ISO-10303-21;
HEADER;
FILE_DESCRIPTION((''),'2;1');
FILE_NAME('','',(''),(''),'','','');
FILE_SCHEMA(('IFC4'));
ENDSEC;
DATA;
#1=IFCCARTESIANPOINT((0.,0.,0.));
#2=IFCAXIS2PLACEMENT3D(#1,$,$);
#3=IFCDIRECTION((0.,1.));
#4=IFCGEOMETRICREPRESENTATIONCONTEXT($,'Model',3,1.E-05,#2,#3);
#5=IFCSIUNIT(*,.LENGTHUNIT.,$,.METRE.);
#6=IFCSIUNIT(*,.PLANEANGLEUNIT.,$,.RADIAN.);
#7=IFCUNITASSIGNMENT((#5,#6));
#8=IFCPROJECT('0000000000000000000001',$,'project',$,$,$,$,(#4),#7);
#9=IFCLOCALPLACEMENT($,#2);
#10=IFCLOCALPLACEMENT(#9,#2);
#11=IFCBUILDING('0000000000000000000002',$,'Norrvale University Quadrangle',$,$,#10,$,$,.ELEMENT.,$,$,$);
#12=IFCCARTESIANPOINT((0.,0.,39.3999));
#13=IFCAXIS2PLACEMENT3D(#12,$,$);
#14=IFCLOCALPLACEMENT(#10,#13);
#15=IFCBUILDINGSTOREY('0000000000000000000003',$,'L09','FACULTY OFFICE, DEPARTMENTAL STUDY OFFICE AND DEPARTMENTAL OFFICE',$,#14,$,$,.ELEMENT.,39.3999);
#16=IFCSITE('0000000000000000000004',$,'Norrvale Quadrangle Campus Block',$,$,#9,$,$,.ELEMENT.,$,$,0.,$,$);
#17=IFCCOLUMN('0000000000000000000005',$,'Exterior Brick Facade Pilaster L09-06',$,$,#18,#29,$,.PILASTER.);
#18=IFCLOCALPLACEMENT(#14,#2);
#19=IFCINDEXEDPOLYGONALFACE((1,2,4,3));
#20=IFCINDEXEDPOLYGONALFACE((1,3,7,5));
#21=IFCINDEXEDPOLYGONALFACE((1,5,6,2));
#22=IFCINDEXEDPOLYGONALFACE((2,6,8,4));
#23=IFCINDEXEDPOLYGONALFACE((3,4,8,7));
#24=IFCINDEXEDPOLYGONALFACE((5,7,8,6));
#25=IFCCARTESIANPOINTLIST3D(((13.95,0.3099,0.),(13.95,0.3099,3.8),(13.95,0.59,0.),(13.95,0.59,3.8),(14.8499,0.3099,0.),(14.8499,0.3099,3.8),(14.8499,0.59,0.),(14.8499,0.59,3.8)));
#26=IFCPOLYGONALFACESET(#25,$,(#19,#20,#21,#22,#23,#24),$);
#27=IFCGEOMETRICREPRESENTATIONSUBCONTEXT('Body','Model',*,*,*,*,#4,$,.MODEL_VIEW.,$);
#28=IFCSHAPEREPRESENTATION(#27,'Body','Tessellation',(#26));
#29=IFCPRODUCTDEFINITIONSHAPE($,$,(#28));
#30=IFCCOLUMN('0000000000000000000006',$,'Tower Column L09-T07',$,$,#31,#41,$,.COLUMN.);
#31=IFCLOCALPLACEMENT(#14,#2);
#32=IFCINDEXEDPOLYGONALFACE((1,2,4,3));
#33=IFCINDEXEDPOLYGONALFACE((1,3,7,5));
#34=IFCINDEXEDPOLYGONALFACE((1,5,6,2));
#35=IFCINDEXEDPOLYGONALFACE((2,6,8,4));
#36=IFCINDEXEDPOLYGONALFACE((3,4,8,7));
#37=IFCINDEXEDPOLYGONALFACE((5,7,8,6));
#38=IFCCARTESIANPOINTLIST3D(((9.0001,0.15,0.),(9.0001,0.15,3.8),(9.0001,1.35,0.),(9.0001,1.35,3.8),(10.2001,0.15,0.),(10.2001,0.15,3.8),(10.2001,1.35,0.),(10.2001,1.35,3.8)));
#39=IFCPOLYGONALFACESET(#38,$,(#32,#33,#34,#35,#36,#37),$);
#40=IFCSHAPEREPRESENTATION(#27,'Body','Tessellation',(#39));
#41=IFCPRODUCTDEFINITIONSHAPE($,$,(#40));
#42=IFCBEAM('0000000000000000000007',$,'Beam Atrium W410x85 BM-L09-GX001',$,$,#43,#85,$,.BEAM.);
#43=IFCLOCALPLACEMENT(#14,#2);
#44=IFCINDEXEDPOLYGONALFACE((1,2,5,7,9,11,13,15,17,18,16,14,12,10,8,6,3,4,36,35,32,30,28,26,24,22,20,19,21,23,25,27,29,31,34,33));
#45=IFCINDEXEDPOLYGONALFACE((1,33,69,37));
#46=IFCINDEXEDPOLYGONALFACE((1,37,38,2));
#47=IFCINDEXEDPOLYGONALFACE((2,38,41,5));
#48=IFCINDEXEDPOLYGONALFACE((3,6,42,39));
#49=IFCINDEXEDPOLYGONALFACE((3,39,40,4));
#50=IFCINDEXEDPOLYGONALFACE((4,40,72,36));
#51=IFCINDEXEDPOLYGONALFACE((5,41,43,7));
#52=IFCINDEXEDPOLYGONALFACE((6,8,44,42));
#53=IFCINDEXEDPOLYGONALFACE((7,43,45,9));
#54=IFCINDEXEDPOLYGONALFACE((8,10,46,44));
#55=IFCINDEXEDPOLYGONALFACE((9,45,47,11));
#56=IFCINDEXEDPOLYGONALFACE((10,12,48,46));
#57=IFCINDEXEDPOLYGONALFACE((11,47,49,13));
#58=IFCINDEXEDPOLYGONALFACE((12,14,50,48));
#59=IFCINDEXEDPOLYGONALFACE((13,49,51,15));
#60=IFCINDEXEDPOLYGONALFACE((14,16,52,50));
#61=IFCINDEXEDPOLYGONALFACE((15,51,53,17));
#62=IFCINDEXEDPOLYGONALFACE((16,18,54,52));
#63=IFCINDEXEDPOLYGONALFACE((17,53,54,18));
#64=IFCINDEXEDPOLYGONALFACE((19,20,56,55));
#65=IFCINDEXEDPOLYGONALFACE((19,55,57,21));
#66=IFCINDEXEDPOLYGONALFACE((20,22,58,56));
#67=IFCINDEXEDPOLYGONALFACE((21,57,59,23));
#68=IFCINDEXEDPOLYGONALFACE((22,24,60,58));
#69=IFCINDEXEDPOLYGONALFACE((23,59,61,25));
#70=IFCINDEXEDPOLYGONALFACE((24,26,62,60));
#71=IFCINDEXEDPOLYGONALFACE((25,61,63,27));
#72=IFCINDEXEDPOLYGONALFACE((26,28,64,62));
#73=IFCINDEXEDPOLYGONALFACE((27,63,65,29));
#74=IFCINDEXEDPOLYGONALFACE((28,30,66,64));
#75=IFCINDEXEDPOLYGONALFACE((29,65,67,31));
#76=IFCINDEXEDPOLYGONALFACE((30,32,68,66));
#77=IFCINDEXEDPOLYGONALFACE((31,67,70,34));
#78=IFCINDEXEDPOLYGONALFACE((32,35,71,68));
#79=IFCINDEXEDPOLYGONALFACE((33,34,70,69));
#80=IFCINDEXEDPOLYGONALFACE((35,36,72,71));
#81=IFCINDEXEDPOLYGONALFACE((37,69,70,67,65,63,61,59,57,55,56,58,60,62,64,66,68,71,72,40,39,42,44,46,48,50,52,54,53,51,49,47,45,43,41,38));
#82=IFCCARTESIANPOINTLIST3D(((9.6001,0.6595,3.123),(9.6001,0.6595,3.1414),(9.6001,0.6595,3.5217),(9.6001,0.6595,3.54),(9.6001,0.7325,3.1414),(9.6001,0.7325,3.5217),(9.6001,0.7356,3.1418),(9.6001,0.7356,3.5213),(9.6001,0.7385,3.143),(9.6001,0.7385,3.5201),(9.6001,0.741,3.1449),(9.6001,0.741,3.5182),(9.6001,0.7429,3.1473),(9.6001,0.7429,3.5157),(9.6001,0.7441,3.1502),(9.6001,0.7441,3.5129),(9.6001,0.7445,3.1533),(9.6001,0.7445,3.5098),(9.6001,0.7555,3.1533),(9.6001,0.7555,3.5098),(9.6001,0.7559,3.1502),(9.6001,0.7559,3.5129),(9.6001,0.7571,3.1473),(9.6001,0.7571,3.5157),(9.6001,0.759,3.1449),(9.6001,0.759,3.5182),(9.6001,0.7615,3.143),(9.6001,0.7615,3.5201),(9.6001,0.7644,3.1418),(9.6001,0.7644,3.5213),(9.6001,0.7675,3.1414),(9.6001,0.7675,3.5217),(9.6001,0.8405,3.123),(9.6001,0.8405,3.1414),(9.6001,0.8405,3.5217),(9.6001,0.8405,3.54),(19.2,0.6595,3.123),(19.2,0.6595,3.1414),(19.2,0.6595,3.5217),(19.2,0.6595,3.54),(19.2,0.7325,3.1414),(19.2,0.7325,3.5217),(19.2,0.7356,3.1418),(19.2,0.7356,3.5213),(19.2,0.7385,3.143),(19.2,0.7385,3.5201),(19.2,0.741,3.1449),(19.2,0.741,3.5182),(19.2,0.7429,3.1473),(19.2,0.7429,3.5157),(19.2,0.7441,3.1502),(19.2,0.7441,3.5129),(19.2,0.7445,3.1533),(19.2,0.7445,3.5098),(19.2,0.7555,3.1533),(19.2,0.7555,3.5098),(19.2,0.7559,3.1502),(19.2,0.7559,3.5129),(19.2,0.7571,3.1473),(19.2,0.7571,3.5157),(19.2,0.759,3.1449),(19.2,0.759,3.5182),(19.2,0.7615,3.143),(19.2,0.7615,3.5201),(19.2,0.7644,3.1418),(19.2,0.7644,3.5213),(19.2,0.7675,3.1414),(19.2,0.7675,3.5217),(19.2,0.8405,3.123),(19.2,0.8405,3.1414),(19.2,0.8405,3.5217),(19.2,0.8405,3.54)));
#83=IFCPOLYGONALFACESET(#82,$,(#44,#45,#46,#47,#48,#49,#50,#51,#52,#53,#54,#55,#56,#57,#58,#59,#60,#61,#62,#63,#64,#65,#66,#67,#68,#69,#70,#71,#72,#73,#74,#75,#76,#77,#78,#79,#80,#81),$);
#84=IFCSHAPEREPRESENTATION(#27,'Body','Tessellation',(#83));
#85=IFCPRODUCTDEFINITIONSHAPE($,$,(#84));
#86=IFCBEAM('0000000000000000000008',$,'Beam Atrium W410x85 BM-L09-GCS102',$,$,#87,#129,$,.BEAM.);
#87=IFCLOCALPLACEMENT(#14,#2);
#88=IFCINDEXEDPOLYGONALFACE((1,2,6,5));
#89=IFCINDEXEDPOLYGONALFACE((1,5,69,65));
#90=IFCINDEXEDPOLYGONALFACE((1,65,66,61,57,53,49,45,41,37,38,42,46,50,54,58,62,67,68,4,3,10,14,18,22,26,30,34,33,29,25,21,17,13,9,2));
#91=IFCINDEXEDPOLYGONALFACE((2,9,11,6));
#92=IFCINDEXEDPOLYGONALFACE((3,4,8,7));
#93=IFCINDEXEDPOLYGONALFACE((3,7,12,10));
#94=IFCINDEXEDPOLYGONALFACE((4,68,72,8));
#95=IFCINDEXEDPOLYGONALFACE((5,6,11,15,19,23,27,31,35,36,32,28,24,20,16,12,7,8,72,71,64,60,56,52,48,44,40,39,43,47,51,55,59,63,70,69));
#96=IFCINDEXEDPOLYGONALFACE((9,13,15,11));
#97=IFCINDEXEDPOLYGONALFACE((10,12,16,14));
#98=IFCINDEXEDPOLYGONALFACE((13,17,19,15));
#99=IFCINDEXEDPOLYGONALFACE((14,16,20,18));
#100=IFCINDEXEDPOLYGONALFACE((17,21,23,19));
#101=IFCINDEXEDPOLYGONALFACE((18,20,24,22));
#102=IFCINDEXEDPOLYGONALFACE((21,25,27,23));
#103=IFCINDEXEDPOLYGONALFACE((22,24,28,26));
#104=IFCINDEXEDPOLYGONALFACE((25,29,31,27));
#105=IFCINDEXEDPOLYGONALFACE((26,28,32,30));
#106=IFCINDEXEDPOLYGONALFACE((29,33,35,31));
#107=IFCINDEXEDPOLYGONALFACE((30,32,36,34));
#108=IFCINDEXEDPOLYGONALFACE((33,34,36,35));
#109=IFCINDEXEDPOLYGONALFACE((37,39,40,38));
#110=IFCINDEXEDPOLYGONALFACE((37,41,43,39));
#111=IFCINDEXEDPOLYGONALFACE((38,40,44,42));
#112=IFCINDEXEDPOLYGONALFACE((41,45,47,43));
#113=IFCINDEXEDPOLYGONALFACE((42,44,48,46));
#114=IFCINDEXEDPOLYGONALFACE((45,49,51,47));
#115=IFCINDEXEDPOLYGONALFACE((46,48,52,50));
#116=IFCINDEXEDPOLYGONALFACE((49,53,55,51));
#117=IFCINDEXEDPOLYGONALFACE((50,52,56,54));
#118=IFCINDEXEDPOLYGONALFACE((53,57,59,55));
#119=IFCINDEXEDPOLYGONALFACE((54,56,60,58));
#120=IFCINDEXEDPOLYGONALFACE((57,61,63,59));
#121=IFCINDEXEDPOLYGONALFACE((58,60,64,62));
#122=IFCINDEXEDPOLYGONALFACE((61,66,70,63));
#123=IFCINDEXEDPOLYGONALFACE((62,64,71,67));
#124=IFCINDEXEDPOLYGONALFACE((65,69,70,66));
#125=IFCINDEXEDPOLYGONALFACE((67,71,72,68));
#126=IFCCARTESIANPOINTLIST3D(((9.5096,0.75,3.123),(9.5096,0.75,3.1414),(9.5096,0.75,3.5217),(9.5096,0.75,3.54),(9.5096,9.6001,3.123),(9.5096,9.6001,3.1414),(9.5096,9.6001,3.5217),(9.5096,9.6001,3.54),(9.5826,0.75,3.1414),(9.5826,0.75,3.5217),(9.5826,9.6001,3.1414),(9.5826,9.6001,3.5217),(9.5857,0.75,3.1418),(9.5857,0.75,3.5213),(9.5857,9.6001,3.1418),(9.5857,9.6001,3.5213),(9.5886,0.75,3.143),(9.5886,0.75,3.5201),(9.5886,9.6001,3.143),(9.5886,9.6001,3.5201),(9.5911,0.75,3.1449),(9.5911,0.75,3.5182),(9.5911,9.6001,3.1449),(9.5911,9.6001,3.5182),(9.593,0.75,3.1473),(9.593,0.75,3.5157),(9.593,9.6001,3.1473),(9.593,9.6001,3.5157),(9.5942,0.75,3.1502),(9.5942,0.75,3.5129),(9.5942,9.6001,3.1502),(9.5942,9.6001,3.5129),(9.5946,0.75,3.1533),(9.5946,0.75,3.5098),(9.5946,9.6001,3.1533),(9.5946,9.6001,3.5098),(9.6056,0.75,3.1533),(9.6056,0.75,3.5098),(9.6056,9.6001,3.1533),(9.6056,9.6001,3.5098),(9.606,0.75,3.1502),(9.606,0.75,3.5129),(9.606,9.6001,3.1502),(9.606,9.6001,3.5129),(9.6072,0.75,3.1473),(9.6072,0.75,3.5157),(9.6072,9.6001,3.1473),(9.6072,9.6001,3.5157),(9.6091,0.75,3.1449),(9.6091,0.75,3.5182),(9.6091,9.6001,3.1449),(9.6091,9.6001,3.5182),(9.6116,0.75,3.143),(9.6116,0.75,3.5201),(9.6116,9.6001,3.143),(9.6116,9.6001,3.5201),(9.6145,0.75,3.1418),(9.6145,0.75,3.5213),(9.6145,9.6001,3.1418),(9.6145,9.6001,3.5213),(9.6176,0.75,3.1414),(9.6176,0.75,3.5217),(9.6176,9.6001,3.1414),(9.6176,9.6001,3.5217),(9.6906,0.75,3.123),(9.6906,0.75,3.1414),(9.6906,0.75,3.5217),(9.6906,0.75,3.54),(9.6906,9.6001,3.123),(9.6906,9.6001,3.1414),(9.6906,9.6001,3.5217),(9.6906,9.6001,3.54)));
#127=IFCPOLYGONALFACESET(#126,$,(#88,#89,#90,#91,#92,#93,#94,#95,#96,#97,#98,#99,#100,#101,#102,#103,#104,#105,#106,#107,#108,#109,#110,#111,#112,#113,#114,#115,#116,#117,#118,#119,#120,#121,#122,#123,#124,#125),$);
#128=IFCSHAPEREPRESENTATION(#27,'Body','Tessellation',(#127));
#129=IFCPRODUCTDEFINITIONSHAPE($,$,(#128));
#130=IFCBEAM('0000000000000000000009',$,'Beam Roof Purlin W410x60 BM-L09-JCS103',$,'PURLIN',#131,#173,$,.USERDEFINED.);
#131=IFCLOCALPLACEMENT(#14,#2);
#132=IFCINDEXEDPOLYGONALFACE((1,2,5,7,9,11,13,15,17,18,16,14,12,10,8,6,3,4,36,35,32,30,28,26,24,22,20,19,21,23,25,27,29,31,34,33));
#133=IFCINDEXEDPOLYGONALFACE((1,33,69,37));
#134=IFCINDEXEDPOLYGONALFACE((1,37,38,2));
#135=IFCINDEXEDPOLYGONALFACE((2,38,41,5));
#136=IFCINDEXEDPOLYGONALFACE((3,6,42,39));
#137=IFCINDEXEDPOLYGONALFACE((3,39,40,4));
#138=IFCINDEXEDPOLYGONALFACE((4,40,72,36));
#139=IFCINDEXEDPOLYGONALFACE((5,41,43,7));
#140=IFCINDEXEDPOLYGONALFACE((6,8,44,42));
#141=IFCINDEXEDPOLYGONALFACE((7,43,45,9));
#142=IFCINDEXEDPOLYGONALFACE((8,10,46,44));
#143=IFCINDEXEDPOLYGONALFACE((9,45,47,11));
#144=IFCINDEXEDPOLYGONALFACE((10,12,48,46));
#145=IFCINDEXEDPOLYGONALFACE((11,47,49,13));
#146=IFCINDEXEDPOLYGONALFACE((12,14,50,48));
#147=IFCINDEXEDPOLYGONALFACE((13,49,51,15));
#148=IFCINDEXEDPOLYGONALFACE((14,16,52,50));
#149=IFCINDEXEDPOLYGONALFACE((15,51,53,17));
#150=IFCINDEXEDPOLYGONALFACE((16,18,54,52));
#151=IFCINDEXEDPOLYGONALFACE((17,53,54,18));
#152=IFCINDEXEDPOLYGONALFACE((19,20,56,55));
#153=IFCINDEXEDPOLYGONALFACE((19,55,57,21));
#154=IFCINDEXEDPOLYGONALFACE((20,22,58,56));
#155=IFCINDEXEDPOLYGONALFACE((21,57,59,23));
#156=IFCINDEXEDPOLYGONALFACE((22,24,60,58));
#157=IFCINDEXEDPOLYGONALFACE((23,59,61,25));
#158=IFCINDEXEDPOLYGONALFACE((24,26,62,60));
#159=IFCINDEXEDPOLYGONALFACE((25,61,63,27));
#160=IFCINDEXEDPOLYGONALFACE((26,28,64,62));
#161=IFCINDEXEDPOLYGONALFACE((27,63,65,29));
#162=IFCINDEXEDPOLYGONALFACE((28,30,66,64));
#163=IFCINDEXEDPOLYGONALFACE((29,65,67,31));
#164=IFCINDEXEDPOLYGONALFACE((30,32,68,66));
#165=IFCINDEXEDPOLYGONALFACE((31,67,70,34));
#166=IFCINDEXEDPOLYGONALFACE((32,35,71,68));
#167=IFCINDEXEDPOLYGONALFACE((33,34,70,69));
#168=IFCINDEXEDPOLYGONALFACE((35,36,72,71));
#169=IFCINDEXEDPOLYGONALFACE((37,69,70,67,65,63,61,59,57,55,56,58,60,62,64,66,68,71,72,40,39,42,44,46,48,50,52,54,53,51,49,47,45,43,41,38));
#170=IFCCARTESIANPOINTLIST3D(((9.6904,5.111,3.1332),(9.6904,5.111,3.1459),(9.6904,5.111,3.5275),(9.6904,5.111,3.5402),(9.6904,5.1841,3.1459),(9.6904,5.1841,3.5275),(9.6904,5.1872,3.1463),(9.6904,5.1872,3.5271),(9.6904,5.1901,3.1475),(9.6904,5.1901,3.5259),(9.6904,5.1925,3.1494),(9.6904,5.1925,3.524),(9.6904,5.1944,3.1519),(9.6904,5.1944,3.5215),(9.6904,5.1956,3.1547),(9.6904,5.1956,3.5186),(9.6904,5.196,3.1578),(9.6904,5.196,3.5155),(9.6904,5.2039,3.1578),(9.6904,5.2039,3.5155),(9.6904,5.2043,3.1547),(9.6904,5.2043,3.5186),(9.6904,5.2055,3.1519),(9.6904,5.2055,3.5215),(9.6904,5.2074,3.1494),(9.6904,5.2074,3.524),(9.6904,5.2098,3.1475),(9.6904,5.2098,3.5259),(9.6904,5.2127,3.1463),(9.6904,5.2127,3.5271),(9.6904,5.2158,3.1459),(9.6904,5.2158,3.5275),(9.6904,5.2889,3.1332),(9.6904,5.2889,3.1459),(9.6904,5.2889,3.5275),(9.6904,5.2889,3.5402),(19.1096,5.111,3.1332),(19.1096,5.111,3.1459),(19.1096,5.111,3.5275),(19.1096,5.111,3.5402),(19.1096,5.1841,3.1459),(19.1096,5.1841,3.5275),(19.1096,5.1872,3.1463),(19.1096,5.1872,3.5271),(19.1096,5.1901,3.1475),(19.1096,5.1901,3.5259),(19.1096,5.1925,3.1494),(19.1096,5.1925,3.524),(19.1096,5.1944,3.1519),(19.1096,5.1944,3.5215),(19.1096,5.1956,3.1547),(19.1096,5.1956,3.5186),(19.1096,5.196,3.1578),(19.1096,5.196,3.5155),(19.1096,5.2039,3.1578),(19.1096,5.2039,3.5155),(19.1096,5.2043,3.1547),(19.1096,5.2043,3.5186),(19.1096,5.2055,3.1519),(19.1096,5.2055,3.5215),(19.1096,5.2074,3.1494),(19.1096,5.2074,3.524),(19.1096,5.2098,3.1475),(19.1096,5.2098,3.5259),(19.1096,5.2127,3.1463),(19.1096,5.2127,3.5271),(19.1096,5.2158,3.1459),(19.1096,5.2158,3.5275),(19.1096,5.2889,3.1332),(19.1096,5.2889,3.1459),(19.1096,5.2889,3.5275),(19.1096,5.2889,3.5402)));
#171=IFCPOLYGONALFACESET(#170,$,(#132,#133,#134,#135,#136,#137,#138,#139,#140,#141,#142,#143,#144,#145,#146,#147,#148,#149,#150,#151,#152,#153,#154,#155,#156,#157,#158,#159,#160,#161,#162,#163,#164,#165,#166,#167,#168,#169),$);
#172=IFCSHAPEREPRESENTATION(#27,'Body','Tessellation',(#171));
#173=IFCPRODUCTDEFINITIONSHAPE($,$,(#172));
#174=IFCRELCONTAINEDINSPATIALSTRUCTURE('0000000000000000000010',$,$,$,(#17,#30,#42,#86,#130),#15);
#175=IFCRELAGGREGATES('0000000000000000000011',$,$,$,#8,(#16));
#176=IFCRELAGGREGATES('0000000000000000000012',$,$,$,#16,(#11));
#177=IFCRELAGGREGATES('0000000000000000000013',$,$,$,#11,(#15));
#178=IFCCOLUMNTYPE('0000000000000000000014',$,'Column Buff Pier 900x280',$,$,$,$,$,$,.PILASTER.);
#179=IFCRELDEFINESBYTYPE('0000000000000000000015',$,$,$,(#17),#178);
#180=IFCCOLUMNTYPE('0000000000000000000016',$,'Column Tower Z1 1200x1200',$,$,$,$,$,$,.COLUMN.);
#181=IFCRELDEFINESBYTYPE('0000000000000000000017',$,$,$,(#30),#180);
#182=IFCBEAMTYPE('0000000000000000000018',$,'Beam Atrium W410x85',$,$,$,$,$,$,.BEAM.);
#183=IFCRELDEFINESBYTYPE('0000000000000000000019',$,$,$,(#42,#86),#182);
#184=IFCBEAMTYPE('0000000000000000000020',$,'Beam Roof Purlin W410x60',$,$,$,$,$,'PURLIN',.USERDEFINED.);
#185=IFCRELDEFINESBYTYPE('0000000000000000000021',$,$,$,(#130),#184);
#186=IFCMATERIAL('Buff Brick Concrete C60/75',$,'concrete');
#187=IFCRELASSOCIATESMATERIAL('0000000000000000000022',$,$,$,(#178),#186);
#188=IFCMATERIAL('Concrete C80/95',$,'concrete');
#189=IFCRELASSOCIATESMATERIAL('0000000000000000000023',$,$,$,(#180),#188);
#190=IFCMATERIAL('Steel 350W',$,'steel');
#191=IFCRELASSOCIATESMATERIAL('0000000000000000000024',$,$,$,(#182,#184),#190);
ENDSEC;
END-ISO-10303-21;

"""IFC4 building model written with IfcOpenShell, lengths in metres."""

from ifc_helpers import new_model, si_unit, direction, frame, origin, origin_2d, place, context, subcontext, project, spatial, rectangle, i_section, extrude, material, material_profile, profile_set, type_object, element, save


model = new_model("IFC4")

# Units and contexts
model_context = context("Model", 3, precision=1e-05, world=origin(), true_north=direction((0.0, 1.0)))
body_context = subcontext(model_context, "Body", "Model", "MODEL_VIEW")
ifc_project = project(units=[si_unit("LENGTHUNIT", "METRE"), si_unit("PLANEANGLEUNIT", "RADIAN")], contexts=[model_context])

# Site, building, storey
site_placement = place(None, origin())
site = spatial("IfcSite", under=ifc_project, at=site_placement, Name="Norrvale Quadrangle Campus Block", CompositionType="ELEMENT", RefElevation=0.0)
building_placement = place(site_placement, origin())
building = spatial("IfcBuilding", under=site, at=building_placement, Name="Norrvale University Quadrangle", CompositionType="ELEMENT")
storey_placement = place(building_placement, frame((0.0, 0.0, 39.3999)))
storey = spatial("IfcBuildingStorey", under=building, at=storey_placement, Name="L09", Description="FACULTY OFFICE, DEPARTMENTAL STUDY OFFICE AND DEPARTMENTAL OFFICE", CompositionType="ELEMENT", Elevation=39.3999)

# Columns
ifc_material_1 = material(Name="Buff Brick Concrete C60/75", Category="concrete")
ifc_material_profile_1 = material_profile(ifc_material_1, rectangle(XDim=0.8999, YDim=0.28, at=origin_2d()), Name="Buff Brick Concrete C60/75")
ifc_profile_set_1 = profile_set([ifc_material_profile_1], Name="Buff Brick Concrete C60/75")
column_type_1 = type_object("IfcColumnType", Name="Column Buff Pier 900x280", PredefinedType="PILASTER", material=ifc_profile_set_1)
column_1_placement = place(storey_placement, frame((14.3999, 0.45, 0.0), z_axis=(0.0, 0.0, 1.0), x_axis=(1.0, 0.0, 0.0)))
element("IfcColumn", 1, at=column_1_placement, inside=storey, type_object=column_type_1, Name="Exterior Brick Facade Pilaster L09-06", PredefinedType="PILASTER", context=body_context, shape_type="SweptSolid", body=[
    extrude(rectangle(XDim=0.8999, YDim=0.28, at=origin_2d()), origin(), (0.0, 0.0, 1.0), 3.8),
])
ifc_material_2 = material(Name="Concrete C80/95", Category="concrete")
ifc_material_profile_2 = material_profile(ifc_material_2, rectangle(XDim=1.2, YDim=1.2, at=origin_2d()), Name="Concrete C80/95")
ifc_profile_set_2 = profile_set([ifc_material_profile_2], Name="Concrete C80/95")
column_type_2 = type_object("IfcColumnType", Name="Column Tower Z1 1200x1200", PredefinedType="COLUMN", material=ifc_profile_set_2)
column_2_placement = place(storey_placement, frame((9.6001, 0.75, 0.0), z_axis=(0.0, 0.0, 1.0), x_axis=(1.0, 0.0, 0.0)))
element("IfcColumn", 2, at=column_2_placement, inside=storey, type_object=column_type_2, Name="Tower Column L09-T07", PredefinedType="COLUMN", context=body_context, shape_type="SweptSolid", body=[
    extrude(rectangle(XDim=1.2, YDim=1.2, at=origin_2d()), origin(), (0.0, 0.0, 1.0), 3.8),
])

# Beams
ifc_material_3 = material(Name="Steel 350W", Category="steel")
ifc_material_profile_3 = material_profile(ifc_material_3, i_section(OverallWidth=0.1809, OverallDepth=0.417, WebThickness=0.011, FlangeThickness=0.0183, FilletRadius=0.012, at=origin_2d()), Name="Steel 350W")
ifc_profile_set_3 = profile_set([ifc_material_profile_3], Name="Steel 350W")
beam_type_1 = type_object("IfcBeamType", Name="Beam Atrium W410x85", PredefinedType="BEAM", material=ifc_profile_set_3)
beam_1_placement = place(storey_placement, frame((9.6001, 0.75, 3.3315), z_axis=(1.0, 0.0, 0.0), x_axis=(0.0, 1.0, 0.0)))
element("IfcBeam", 3, at=beam_1_placement, inside=storey, type_object=beam_type_1, Name="Beam Atrium W410x85 BM-L09-GX001", PredefinedType="BEAM", context=body_context, shape_type="SweptSolid", body=[
    extrude(i_section(OverallWidth=0.1809, OverallDepth=0.417, WebThickness=0.011, FlangeThickness=0.0183, FilletRadius=0.012, at=origin_2d()), origin(), (0.0, 0.0, 1.0), 9.5999),
])
beam_2_placement = place(storey_placement, frame((9.6001, 0.75, 3.3315), z_axis=(0.0, 1.0, 0.0), x_axis=(-1.0, 0.0, 0.0)))
element("IfcBeam", 4, at=beam_2_placement, inside=storey, type_object=beam_type_1, Name="Beam Atrium W410x85 BM-L09-GCS102", PredefinedType="BEAM", context=body_context, shape_type="SweptSolid", body=[
    extrude(i_section(OverallWidth=0.1809, OverallDepth=0.417, WebThickness=0.011, FlangeThickness=0.0183, FilletRadius=0.012, at=origin_2d()), origin(), (0.0, 0.0, 1.0), 8.8501),
])
ifc_material_profile_4 = material_profile(ifc_material_3, i_section(OverallWidth=0.178, OverallDepth=0.407, WebThickness=0.0078, FlangeThickness=0.0127, FilletRadius=0.012, at=origin_2d()), Name="Steel 350W")
ifc_profile_set_4 = profile_set([ifc_material_profile_4], Name="Steel 350W")
beam_type_2 = type_object("IfcBeamType", Name="Beam Roof Purlin W410x60", ElementType="PURLIN", PredefinedType="USERDEFINED", material=ifc_profile_set_4)
beam_3_placement = place(storey_placement, frame((9.6904, 5.2, 3.3367), z_axis=(1.0, 0.0, 0.0), x_axis=(0.0, 1.0, 0.0)))
element("IfcBeam", 5, at=beam_3_placement, inside=storey, type_object=beam_type_2, Name="Beam Roof Purlin W410x60 BM-L09-JCS103", ObjectType="PURLIN", PredefinedType="USERDEFINED", context=body_context, shape_type="SweptSolid", body=[
    extrude(i_section(OverallWidth=0.178, OverallDepth=0.407, WebThickness=0.0078, FlangeThickness=0.0127, FilletRadius=0.012, at=origin_2d()), origin(), (0.0, 0.0, 1.0), 9.4192),
])

save(model, "model.ifc")
